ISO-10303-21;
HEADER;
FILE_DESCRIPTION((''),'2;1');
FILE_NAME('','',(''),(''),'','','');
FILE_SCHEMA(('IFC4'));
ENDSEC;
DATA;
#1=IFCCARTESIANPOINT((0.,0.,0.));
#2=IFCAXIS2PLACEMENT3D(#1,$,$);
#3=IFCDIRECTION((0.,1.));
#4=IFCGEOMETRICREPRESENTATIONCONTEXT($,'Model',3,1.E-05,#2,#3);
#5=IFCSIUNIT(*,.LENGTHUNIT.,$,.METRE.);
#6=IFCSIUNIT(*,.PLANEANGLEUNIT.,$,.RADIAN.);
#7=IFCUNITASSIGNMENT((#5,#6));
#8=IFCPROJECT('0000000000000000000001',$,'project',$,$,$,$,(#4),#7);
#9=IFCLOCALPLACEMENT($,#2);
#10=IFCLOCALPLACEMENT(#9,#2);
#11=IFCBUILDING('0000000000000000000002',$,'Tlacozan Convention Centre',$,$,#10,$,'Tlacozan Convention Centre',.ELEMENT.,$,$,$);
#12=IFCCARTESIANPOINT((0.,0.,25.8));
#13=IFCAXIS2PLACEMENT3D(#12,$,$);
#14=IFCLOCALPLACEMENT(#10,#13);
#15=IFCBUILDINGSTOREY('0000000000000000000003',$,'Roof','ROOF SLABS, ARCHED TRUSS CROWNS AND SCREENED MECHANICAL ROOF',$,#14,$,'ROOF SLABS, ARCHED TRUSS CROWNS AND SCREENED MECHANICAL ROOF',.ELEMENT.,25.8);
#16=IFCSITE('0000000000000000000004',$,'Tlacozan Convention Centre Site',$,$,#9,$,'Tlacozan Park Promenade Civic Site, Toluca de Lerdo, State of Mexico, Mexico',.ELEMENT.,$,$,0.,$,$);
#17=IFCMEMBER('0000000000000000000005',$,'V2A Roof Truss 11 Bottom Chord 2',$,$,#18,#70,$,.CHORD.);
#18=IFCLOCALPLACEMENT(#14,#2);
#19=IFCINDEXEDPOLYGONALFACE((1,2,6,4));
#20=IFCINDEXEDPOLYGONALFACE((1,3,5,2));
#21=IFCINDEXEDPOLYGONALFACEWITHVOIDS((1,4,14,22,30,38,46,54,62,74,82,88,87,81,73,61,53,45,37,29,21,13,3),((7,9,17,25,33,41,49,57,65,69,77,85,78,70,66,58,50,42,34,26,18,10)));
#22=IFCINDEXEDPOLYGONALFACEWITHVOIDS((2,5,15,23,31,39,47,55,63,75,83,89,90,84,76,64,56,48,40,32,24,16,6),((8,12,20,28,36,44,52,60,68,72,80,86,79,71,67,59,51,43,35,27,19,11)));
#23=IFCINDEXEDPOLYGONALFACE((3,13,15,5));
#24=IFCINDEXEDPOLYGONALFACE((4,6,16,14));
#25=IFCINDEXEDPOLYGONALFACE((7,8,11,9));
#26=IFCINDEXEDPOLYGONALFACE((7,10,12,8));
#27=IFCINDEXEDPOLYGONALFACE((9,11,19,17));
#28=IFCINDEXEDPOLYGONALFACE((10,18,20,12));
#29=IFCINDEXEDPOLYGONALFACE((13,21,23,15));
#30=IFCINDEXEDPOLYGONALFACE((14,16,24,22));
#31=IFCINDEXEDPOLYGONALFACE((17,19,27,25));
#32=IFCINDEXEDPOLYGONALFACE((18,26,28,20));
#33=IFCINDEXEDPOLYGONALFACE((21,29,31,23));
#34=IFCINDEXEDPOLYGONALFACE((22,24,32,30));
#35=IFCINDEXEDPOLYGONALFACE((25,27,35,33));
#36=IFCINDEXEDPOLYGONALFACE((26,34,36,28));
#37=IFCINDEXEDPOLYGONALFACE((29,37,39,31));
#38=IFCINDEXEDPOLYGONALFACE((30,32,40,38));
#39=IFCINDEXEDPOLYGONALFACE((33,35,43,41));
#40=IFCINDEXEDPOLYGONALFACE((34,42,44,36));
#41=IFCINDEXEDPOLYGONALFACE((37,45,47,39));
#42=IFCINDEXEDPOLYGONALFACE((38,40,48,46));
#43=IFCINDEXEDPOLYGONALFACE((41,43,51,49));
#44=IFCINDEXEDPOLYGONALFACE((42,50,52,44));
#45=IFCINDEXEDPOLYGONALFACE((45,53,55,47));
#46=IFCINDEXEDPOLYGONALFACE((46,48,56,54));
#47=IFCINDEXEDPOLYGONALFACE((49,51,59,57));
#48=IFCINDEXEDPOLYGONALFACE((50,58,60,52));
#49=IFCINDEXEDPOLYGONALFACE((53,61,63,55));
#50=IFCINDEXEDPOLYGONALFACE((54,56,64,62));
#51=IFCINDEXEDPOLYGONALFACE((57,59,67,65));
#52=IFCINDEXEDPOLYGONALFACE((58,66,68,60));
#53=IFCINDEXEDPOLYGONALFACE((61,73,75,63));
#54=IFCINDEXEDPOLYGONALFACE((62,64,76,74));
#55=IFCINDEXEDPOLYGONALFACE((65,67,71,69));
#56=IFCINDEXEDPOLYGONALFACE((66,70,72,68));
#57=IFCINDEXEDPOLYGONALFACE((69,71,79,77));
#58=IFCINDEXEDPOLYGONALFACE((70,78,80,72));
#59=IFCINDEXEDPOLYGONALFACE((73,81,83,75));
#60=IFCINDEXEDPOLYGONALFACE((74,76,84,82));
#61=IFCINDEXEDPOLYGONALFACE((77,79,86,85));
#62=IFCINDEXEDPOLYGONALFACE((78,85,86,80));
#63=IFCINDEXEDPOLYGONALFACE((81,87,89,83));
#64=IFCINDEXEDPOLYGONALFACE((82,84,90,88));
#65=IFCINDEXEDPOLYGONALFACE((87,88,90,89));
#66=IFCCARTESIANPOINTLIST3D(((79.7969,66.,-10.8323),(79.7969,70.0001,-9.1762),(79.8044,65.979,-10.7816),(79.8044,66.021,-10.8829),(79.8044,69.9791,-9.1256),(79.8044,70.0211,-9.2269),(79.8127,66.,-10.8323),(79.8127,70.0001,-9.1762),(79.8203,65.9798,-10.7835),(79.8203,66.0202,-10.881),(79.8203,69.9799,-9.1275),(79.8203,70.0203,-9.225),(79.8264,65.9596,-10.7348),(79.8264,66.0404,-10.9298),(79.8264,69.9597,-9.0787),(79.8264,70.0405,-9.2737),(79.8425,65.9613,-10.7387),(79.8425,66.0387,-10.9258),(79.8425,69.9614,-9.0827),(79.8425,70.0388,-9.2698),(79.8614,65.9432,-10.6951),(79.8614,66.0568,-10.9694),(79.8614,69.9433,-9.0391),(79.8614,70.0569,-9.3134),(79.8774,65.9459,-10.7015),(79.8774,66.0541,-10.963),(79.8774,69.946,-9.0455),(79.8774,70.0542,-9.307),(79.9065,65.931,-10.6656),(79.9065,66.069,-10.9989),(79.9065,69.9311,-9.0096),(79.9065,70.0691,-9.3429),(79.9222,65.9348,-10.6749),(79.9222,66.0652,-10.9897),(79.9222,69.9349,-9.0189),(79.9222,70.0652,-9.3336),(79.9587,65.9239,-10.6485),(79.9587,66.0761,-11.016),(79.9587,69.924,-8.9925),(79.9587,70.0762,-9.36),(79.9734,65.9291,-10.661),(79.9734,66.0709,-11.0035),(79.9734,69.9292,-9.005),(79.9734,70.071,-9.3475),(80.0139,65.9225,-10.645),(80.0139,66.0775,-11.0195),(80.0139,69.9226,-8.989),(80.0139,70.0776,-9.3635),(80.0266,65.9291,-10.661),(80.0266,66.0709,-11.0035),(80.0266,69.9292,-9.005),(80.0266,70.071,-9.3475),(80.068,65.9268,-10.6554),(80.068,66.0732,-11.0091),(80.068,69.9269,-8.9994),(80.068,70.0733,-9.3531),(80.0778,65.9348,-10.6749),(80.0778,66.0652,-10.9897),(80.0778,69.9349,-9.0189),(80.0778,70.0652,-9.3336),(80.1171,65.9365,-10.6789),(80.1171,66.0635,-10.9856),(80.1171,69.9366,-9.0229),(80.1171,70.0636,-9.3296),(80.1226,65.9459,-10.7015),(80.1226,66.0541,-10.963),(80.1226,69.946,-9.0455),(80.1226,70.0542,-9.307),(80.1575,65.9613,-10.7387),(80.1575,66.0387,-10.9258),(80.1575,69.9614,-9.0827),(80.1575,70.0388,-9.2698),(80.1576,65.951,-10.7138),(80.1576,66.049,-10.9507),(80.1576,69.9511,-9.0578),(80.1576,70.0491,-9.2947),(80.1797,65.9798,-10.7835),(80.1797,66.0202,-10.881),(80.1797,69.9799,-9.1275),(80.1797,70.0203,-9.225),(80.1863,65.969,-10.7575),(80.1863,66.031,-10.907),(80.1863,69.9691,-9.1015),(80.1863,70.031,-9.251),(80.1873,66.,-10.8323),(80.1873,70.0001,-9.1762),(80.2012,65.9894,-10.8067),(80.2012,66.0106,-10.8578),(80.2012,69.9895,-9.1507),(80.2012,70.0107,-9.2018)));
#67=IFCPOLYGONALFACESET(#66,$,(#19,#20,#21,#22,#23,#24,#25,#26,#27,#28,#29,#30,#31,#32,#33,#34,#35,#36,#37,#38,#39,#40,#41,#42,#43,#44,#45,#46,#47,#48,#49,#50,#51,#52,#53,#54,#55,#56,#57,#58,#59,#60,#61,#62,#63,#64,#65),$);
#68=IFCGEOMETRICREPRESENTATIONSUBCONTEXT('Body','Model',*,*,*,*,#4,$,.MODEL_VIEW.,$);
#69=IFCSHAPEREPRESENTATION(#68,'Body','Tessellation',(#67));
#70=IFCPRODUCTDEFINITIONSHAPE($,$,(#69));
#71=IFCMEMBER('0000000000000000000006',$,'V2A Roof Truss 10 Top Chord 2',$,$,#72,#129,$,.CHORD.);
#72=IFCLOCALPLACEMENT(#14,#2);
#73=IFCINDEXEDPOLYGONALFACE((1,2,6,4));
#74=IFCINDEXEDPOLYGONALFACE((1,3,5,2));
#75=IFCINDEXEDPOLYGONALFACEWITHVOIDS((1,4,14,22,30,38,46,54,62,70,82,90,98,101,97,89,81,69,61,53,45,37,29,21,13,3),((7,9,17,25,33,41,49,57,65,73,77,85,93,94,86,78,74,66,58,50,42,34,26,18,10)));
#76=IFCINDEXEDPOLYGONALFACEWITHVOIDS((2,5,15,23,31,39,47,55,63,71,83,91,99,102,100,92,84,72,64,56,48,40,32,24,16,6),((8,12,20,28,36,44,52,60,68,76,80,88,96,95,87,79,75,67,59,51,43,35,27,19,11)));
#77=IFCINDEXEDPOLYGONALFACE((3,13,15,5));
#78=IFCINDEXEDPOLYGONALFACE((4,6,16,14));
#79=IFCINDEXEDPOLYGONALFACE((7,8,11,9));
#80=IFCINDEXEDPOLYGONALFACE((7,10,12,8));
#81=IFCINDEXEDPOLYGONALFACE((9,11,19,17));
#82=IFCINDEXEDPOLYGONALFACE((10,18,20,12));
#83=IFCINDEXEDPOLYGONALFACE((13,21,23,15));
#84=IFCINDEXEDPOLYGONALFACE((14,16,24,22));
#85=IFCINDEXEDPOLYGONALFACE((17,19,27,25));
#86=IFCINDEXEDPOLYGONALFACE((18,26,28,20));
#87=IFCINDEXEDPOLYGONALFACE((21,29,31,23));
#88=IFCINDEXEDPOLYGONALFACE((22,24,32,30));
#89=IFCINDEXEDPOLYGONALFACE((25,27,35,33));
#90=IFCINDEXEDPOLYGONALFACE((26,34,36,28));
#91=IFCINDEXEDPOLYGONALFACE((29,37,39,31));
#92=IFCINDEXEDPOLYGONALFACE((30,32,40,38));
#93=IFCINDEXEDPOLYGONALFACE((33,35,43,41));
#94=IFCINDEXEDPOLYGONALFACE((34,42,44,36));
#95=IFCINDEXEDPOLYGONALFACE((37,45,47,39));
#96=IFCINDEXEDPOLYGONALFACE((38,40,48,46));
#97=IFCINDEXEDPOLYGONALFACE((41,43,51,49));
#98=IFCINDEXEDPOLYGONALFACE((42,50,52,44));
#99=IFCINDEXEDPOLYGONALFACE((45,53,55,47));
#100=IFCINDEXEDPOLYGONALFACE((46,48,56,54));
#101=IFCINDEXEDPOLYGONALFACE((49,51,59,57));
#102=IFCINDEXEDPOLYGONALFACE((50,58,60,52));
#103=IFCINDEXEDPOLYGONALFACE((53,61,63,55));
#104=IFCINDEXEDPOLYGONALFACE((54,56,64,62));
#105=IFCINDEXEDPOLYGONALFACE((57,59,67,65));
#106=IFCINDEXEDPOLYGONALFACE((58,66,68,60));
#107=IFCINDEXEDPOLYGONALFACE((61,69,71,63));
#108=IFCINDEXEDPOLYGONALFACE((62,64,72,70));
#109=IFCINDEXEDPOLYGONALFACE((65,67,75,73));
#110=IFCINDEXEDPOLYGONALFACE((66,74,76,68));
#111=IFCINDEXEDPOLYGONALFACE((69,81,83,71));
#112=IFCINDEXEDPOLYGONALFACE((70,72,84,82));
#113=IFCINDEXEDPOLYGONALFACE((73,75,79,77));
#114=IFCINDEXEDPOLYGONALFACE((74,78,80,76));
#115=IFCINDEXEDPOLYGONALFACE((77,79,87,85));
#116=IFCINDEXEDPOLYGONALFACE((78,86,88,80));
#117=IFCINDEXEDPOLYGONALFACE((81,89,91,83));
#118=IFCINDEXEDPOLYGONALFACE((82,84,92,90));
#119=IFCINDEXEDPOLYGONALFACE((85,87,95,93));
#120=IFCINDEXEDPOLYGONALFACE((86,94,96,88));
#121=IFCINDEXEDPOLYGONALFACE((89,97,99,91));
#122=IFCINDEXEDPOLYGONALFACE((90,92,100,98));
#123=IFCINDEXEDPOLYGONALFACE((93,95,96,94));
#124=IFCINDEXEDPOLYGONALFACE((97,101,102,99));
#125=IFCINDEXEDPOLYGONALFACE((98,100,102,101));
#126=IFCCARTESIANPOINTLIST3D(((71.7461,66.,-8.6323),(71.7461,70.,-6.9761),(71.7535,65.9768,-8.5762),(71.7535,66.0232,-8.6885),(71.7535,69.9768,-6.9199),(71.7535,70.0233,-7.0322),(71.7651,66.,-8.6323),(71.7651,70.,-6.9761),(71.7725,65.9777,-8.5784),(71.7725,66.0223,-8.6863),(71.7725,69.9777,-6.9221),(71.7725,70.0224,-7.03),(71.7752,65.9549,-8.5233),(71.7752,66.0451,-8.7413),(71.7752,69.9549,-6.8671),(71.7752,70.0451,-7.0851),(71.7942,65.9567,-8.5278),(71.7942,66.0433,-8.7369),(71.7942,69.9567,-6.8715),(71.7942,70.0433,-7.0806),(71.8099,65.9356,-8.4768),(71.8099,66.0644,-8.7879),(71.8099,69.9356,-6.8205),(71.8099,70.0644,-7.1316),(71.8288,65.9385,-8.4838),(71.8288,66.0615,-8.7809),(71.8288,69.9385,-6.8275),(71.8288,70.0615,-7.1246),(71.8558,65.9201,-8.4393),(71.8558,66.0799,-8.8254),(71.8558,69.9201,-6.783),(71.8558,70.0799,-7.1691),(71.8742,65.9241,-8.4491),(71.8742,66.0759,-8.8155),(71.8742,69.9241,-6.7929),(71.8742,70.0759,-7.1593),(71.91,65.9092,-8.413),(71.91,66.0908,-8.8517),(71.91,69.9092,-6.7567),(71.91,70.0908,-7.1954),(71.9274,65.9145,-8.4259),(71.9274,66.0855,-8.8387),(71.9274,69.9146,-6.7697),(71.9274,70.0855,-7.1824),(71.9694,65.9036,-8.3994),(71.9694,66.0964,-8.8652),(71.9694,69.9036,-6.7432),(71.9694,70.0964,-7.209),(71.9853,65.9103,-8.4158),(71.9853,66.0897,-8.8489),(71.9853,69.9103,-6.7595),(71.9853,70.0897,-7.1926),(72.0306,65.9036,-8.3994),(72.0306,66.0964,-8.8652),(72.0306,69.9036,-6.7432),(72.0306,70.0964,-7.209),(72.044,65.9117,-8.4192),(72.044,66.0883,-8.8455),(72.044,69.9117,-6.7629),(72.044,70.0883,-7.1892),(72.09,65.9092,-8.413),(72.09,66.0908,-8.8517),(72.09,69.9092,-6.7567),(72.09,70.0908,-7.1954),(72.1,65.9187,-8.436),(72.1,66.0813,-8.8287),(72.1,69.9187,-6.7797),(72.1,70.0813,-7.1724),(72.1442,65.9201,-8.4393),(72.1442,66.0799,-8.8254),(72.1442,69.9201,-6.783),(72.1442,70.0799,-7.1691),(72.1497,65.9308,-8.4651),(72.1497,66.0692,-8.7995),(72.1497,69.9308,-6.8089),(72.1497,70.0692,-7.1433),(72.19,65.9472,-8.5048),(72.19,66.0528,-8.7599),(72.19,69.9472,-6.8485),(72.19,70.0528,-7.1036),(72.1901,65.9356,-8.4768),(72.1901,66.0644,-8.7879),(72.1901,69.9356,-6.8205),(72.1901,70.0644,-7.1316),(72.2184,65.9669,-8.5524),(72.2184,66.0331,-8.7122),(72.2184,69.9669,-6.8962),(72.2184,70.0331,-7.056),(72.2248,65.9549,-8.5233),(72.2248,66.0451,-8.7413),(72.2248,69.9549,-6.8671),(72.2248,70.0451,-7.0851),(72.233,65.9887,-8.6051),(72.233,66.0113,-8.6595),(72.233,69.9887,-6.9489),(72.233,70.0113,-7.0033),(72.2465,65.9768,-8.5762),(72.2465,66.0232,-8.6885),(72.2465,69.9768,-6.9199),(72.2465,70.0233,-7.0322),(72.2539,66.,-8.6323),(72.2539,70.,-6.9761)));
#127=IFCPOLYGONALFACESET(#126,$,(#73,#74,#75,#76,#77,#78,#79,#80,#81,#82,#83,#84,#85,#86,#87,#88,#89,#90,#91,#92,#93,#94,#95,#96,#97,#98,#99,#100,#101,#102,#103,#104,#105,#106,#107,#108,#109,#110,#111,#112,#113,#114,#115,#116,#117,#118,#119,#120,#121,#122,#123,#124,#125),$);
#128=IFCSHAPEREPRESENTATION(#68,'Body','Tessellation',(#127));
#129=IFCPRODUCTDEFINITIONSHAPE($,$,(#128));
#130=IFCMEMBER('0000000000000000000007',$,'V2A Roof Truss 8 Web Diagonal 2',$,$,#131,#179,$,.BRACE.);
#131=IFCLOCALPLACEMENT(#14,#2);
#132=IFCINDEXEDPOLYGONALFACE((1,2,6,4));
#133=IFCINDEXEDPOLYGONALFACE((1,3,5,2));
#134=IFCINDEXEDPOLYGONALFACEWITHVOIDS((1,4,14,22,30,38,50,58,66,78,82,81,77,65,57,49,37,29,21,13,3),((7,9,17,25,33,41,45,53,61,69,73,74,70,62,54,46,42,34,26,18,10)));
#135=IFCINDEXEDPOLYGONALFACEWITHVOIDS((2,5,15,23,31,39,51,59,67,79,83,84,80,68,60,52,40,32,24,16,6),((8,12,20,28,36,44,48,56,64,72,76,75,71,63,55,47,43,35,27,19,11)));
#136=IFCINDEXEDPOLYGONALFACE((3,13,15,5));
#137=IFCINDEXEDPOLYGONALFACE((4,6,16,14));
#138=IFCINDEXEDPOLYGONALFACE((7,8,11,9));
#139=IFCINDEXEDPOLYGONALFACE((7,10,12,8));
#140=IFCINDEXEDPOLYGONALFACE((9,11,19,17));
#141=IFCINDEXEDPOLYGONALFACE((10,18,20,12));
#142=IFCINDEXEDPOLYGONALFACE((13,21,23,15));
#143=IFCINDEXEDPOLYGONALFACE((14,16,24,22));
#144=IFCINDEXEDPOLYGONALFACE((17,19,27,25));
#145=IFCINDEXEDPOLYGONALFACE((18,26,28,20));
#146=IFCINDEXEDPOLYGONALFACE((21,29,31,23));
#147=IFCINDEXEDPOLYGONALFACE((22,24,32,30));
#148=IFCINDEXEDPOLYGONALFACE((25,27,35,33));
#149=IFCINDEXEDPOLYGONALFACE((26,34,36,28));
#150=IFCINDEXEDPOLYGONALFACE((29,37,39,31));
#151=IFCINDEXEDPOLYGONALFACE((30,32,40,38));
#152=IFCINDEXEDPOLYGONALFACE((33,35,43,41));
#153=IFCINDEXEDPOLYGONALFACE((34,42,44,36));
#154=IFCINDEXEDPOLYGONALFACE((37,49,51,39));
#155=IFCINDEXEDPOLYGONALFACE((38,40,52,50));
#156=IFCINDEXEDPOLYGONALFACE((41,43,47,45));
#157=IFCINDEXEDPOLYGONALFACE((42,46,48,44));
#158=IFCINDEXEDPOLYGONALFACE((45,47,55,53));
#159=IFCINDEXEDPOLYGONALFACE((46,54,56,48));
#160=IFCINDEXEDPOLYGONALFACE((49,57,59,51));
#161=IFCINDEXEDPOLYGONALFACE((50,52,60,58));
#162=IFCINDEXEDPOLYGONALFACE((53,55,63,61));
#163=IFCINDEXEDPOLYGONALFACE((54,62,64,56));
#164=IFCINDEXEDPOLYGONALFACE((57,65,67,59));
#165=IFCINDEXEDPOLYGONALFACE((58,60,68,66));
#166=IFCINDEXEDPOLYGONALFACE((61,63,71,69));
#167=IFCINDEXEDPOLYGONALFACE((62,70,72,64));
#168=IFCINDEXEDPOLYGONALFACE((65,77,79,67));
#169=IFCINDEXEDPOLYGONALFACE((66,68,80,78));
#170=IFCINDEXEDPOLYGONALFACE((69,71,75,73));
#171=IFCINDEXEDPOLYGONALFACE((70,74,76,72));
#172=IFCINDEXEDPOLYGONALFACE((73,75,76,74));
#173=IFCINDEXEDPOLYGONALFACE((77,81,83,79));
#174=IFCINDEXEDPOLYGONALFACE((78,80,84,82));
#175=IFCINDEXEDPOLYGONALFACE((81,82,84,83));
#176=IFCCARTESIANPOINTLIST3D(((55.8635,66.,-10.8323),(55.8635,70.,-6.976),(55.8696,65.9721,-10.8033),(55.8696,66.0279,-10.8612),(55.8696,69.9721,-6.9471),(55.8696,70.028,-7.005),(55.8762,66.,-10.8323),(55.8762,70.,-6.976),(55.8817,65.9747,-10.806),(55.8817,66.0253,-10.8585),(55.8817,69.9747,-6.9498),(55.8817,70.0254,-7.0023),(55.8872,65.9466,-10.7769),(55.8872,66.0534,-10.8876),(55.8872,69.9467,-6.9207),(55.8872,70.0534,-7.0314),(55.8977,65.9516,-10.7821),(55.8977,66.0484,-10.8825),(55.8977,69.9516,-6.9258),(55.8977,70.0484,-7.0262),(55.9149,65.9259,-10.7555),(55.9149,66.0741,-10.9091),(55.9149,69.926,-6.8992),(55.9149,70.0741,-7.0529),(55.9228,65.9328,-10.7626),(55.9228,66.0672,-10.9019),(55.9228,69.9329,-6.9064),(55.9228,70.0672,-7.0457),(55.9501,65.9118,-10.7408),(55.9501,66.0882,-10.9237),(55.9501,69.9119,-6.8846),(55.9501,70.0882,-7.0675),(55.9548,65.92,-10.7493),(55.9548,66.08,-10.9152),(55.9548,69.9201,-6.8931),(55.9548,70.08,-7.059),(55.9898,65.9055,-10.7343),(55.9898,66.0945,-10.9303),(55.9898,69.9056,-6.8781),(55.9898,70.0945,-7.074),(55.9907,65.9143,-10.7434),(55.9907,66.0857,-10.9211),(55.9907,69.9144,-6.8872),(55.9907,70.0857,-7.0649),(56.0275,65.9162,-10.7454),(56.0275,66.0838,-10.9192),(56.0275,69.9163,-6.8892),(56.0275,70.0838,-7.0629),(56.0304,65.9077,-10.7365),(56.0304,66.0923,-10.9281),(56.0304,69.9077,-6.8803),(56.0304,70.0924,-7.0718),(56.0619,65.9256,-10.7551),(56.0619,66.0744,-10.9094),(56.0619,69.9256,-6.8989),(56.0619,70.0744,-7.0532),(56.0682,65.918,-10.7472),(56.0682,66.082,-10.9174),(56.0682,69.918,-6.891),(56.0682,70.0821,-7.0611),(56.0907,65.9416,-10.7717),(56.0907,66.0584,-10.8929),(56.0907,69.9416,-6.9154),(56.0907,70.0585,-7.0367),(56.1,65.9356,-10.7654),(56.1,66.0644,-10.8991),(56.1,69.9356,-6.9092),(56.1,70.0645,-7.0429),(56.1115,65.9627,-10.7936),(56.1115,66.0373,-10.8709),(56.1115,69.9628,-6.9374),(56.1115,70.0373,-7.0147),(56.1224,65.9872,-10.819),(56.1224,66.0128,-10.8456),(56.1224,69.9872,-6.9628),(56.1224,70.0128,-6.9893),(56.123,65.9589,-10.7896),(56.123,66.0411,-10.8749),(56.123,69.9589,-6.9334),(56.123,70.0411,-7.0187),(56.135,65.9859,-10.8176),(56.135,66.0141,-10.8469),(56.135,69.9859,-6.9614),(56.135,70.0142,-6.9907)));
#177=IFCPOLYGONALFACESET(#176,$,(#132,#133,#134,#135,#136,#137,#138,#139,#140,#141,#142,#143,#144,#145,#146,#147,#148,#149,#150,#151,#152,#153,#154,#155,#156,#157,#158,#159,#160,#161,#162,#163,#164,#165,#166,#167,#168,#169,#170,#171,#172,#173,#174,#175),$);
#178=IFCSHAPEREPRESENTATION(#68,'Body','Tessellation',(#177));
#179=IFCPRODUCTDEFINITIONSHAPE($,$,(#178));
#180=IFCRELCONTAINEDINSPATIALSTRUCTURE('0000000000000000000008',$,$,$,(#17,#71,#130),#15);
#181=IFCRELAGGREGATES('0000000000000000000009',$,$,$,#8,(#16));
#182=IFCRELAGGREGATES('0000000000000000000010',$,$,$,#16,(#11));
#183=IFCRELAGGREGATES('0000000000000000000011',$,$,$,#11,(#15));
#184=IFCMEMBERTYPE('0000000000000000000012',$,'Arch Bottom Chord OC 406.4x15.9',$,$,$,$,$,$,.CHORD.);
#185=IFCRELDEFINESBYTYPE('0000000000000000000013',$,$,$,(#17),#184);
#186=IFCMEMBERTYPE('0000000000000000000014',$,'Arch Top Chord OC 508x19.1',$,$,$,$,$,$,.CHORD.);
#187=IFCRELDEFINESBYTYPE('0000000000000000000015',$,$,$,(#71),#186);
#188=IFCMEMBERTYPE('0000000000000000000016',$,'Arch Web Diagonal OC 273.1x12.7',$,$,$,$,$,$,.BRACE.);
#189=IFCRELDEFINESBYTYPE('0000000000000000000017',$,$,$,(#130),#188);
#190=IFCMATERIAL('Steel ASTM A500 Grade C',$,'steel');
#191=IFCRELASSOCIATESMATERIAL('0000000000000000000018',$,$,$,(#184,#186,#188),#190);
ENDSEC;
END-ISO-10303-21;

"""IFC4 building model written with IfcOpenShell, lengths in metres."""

from ifc_helpers import new_model, si_unit, direction, frame, origin, origin_2d, place, context, subcontext, project, spatial, hollow_circle, extrude, material, material_profile, profile_set, type_object, element, save


model = new_model("IFC4")

# Units and contexts
model_context = context("Model", 3, precision=1e-05, world=origin(), true_north=direction((0.0, 1.0)))
body_context = subcontext(model_context, "Body", "Model", "MODEL_VIEW")
ifc_project = project(units=[si_unit("LENGTHUNIT", "METRE"), si_unit("PLANEANGLEUNIT", "RADIAN")], contexts=[model_context])

# Site, building, storey
site_placement = place(None, origin())
site = spatial("IfcSite", under=ifc_project, at=site_placement, Name="Tlacozan Convention Centre Site", LongName="Tlacozan Park Promenade Civic Site, Toluca de Lerdo, State of Mexico, Mexico", CompositionType="ELEMENT", RefElevation=0.0)
building_placement = place(site_placement, origin())
building = spatial("IfcBuilding", under=site, at=building_placement, Name="Tlacozan Convention Centre", LongName="Tlacozan Convention Centre", CompositionType="ELEMENT")
storey_placement = place(building_placement, frame((0.0, 0.0, 25.8)))
storey = spatial("IfcBuildingStorey", under=building, at=storey_placement, Name="Roof", Description="ROOF SLABS, ARCHED TRUSS CROWNS AND SCREENED MECHANICAL ROOF", LongName="ROOF SLABS, ARCHED TRUSS CROWNS AND SCREENED MECHANICAL ROOF", CompositionType="ELEMENT", Elevation=25.8)

# Members
ifc_material_1 = material(Name="Steel ASTM A500 Grade C", Category="steel")
ifc_material_profile_1 = material_profile(ifc_material_1, hollow_circle(Radius=0.2031, WallThickness=0.0159, at=origin_2d()), Name="OC 406.4x15.9")
ifc_profile_set_1 = profile_set([ifc_material_profile_1], Name="Steel ASTM A500 Grade C")
member_type_1 = type_object("IfcMemberType", Name="Arch Bottom Chord OC 406.4x15.9", PredefinedType="CHORD", material=ifc_profile_set_1)
for number, where, z_axis, x_axis, name in (
    (1, (80.0, 66.0, -10.8323), (0.0, 0.923949, 0.382516), (-1.0, 0.0, 0.0), "V2A Roof Truss 11 Bottom Chord 2"),
):
    element("IfcMember", number, at=place(storey_placement, frame(where, z_axis=z_axis, x_axis=x_axis)), inside=storey, type_object=member_type_1, Name=name, PredefinedType="CHORD", context=body_context, shape_type="SweptSolid", body=[
        extrude(hollow_circle(Radius=0.2031, WallThickness=0.0159, at=origin_2d()), origin(), (0.0, 0.0, 1.0), 4.3293),
    ])
ifc_material_profile_2 = material_profile(ifc_material_1, hollow_circle(Radius=0.2539, WallThickness=0.019, at=origin_2d()), Name="OC 508.0x19.1")
ifc_profile_set_2 = profile_set([ifc_material_profile_2], Name="Steel ASTM A500 Grade C")
member_type_2 = type_object("IfcMemberType", Name="Arch Top Chord OC 508x19.1", PredefinedType="CHORD", material=ifc_profile_set_2)
member_placement = place(storey_placement, frame((72.0, 66.0, -8.6323), z_axis=(0.0, 0.923929, 0.382564), x_axis=(-1.0, 0.0, 0.0)))
element("IfcMember", 2, at=member_placement, inside=storey, type_object=member_type_2, Name="V2A Roof Truss 10 Top Chord 2", PredefinedType="CHORD", context=body_context, shape_type="SweptSolid", body=[
    extrude(hollow_circle(Radius=0.2539, WallThickness=0.019, at=origin_2d()), origin(), (0.0, 0.0, 1.0), 4.3293),
])
ifc_material_profile_3 = material_profile(ifc_material_1, hollow_circle(Radius=0.1365, WallThickness=0.0127, at=origin_2d()), Name="OC 273.1x12.7")
ifc_profile_set_3 = profile_set([ifc_material_profile_3], Name="Steel ASTM A500 Grade C")
member_type_3 = type_object("IfcMemberType", Name="Arch Web Diagonal OC 273.1x12.7", PredefinedType="BRACE", material=ifc_profile_set_3)
for number, where, z_axis, x_axis, name in (
    (3, (56.0, 66.0, -10.8323), (0.0, 0.719929, 0.694048), (-1.0, 0.0, 0.0), "V2A Roof Truss 8 Web Diagonal 2"),
):
    element("IfcMember", number, at=place(storey_placement, frame(where, z_axis=z_axis, x_axis=x_axis)), inside=storey, type_object=member_type_3, Name=name, PredefinedType="BRACE", context=body_context, shape_type="SweptSolid", body=[
        extrude(hollow_circle(Radius=0.1365, WallThickness=0.0127, at=origin_2d()), origin(), (0.0, 0.0, 1.0), 5.5562),
    ])

save(model, "model.ifc")
